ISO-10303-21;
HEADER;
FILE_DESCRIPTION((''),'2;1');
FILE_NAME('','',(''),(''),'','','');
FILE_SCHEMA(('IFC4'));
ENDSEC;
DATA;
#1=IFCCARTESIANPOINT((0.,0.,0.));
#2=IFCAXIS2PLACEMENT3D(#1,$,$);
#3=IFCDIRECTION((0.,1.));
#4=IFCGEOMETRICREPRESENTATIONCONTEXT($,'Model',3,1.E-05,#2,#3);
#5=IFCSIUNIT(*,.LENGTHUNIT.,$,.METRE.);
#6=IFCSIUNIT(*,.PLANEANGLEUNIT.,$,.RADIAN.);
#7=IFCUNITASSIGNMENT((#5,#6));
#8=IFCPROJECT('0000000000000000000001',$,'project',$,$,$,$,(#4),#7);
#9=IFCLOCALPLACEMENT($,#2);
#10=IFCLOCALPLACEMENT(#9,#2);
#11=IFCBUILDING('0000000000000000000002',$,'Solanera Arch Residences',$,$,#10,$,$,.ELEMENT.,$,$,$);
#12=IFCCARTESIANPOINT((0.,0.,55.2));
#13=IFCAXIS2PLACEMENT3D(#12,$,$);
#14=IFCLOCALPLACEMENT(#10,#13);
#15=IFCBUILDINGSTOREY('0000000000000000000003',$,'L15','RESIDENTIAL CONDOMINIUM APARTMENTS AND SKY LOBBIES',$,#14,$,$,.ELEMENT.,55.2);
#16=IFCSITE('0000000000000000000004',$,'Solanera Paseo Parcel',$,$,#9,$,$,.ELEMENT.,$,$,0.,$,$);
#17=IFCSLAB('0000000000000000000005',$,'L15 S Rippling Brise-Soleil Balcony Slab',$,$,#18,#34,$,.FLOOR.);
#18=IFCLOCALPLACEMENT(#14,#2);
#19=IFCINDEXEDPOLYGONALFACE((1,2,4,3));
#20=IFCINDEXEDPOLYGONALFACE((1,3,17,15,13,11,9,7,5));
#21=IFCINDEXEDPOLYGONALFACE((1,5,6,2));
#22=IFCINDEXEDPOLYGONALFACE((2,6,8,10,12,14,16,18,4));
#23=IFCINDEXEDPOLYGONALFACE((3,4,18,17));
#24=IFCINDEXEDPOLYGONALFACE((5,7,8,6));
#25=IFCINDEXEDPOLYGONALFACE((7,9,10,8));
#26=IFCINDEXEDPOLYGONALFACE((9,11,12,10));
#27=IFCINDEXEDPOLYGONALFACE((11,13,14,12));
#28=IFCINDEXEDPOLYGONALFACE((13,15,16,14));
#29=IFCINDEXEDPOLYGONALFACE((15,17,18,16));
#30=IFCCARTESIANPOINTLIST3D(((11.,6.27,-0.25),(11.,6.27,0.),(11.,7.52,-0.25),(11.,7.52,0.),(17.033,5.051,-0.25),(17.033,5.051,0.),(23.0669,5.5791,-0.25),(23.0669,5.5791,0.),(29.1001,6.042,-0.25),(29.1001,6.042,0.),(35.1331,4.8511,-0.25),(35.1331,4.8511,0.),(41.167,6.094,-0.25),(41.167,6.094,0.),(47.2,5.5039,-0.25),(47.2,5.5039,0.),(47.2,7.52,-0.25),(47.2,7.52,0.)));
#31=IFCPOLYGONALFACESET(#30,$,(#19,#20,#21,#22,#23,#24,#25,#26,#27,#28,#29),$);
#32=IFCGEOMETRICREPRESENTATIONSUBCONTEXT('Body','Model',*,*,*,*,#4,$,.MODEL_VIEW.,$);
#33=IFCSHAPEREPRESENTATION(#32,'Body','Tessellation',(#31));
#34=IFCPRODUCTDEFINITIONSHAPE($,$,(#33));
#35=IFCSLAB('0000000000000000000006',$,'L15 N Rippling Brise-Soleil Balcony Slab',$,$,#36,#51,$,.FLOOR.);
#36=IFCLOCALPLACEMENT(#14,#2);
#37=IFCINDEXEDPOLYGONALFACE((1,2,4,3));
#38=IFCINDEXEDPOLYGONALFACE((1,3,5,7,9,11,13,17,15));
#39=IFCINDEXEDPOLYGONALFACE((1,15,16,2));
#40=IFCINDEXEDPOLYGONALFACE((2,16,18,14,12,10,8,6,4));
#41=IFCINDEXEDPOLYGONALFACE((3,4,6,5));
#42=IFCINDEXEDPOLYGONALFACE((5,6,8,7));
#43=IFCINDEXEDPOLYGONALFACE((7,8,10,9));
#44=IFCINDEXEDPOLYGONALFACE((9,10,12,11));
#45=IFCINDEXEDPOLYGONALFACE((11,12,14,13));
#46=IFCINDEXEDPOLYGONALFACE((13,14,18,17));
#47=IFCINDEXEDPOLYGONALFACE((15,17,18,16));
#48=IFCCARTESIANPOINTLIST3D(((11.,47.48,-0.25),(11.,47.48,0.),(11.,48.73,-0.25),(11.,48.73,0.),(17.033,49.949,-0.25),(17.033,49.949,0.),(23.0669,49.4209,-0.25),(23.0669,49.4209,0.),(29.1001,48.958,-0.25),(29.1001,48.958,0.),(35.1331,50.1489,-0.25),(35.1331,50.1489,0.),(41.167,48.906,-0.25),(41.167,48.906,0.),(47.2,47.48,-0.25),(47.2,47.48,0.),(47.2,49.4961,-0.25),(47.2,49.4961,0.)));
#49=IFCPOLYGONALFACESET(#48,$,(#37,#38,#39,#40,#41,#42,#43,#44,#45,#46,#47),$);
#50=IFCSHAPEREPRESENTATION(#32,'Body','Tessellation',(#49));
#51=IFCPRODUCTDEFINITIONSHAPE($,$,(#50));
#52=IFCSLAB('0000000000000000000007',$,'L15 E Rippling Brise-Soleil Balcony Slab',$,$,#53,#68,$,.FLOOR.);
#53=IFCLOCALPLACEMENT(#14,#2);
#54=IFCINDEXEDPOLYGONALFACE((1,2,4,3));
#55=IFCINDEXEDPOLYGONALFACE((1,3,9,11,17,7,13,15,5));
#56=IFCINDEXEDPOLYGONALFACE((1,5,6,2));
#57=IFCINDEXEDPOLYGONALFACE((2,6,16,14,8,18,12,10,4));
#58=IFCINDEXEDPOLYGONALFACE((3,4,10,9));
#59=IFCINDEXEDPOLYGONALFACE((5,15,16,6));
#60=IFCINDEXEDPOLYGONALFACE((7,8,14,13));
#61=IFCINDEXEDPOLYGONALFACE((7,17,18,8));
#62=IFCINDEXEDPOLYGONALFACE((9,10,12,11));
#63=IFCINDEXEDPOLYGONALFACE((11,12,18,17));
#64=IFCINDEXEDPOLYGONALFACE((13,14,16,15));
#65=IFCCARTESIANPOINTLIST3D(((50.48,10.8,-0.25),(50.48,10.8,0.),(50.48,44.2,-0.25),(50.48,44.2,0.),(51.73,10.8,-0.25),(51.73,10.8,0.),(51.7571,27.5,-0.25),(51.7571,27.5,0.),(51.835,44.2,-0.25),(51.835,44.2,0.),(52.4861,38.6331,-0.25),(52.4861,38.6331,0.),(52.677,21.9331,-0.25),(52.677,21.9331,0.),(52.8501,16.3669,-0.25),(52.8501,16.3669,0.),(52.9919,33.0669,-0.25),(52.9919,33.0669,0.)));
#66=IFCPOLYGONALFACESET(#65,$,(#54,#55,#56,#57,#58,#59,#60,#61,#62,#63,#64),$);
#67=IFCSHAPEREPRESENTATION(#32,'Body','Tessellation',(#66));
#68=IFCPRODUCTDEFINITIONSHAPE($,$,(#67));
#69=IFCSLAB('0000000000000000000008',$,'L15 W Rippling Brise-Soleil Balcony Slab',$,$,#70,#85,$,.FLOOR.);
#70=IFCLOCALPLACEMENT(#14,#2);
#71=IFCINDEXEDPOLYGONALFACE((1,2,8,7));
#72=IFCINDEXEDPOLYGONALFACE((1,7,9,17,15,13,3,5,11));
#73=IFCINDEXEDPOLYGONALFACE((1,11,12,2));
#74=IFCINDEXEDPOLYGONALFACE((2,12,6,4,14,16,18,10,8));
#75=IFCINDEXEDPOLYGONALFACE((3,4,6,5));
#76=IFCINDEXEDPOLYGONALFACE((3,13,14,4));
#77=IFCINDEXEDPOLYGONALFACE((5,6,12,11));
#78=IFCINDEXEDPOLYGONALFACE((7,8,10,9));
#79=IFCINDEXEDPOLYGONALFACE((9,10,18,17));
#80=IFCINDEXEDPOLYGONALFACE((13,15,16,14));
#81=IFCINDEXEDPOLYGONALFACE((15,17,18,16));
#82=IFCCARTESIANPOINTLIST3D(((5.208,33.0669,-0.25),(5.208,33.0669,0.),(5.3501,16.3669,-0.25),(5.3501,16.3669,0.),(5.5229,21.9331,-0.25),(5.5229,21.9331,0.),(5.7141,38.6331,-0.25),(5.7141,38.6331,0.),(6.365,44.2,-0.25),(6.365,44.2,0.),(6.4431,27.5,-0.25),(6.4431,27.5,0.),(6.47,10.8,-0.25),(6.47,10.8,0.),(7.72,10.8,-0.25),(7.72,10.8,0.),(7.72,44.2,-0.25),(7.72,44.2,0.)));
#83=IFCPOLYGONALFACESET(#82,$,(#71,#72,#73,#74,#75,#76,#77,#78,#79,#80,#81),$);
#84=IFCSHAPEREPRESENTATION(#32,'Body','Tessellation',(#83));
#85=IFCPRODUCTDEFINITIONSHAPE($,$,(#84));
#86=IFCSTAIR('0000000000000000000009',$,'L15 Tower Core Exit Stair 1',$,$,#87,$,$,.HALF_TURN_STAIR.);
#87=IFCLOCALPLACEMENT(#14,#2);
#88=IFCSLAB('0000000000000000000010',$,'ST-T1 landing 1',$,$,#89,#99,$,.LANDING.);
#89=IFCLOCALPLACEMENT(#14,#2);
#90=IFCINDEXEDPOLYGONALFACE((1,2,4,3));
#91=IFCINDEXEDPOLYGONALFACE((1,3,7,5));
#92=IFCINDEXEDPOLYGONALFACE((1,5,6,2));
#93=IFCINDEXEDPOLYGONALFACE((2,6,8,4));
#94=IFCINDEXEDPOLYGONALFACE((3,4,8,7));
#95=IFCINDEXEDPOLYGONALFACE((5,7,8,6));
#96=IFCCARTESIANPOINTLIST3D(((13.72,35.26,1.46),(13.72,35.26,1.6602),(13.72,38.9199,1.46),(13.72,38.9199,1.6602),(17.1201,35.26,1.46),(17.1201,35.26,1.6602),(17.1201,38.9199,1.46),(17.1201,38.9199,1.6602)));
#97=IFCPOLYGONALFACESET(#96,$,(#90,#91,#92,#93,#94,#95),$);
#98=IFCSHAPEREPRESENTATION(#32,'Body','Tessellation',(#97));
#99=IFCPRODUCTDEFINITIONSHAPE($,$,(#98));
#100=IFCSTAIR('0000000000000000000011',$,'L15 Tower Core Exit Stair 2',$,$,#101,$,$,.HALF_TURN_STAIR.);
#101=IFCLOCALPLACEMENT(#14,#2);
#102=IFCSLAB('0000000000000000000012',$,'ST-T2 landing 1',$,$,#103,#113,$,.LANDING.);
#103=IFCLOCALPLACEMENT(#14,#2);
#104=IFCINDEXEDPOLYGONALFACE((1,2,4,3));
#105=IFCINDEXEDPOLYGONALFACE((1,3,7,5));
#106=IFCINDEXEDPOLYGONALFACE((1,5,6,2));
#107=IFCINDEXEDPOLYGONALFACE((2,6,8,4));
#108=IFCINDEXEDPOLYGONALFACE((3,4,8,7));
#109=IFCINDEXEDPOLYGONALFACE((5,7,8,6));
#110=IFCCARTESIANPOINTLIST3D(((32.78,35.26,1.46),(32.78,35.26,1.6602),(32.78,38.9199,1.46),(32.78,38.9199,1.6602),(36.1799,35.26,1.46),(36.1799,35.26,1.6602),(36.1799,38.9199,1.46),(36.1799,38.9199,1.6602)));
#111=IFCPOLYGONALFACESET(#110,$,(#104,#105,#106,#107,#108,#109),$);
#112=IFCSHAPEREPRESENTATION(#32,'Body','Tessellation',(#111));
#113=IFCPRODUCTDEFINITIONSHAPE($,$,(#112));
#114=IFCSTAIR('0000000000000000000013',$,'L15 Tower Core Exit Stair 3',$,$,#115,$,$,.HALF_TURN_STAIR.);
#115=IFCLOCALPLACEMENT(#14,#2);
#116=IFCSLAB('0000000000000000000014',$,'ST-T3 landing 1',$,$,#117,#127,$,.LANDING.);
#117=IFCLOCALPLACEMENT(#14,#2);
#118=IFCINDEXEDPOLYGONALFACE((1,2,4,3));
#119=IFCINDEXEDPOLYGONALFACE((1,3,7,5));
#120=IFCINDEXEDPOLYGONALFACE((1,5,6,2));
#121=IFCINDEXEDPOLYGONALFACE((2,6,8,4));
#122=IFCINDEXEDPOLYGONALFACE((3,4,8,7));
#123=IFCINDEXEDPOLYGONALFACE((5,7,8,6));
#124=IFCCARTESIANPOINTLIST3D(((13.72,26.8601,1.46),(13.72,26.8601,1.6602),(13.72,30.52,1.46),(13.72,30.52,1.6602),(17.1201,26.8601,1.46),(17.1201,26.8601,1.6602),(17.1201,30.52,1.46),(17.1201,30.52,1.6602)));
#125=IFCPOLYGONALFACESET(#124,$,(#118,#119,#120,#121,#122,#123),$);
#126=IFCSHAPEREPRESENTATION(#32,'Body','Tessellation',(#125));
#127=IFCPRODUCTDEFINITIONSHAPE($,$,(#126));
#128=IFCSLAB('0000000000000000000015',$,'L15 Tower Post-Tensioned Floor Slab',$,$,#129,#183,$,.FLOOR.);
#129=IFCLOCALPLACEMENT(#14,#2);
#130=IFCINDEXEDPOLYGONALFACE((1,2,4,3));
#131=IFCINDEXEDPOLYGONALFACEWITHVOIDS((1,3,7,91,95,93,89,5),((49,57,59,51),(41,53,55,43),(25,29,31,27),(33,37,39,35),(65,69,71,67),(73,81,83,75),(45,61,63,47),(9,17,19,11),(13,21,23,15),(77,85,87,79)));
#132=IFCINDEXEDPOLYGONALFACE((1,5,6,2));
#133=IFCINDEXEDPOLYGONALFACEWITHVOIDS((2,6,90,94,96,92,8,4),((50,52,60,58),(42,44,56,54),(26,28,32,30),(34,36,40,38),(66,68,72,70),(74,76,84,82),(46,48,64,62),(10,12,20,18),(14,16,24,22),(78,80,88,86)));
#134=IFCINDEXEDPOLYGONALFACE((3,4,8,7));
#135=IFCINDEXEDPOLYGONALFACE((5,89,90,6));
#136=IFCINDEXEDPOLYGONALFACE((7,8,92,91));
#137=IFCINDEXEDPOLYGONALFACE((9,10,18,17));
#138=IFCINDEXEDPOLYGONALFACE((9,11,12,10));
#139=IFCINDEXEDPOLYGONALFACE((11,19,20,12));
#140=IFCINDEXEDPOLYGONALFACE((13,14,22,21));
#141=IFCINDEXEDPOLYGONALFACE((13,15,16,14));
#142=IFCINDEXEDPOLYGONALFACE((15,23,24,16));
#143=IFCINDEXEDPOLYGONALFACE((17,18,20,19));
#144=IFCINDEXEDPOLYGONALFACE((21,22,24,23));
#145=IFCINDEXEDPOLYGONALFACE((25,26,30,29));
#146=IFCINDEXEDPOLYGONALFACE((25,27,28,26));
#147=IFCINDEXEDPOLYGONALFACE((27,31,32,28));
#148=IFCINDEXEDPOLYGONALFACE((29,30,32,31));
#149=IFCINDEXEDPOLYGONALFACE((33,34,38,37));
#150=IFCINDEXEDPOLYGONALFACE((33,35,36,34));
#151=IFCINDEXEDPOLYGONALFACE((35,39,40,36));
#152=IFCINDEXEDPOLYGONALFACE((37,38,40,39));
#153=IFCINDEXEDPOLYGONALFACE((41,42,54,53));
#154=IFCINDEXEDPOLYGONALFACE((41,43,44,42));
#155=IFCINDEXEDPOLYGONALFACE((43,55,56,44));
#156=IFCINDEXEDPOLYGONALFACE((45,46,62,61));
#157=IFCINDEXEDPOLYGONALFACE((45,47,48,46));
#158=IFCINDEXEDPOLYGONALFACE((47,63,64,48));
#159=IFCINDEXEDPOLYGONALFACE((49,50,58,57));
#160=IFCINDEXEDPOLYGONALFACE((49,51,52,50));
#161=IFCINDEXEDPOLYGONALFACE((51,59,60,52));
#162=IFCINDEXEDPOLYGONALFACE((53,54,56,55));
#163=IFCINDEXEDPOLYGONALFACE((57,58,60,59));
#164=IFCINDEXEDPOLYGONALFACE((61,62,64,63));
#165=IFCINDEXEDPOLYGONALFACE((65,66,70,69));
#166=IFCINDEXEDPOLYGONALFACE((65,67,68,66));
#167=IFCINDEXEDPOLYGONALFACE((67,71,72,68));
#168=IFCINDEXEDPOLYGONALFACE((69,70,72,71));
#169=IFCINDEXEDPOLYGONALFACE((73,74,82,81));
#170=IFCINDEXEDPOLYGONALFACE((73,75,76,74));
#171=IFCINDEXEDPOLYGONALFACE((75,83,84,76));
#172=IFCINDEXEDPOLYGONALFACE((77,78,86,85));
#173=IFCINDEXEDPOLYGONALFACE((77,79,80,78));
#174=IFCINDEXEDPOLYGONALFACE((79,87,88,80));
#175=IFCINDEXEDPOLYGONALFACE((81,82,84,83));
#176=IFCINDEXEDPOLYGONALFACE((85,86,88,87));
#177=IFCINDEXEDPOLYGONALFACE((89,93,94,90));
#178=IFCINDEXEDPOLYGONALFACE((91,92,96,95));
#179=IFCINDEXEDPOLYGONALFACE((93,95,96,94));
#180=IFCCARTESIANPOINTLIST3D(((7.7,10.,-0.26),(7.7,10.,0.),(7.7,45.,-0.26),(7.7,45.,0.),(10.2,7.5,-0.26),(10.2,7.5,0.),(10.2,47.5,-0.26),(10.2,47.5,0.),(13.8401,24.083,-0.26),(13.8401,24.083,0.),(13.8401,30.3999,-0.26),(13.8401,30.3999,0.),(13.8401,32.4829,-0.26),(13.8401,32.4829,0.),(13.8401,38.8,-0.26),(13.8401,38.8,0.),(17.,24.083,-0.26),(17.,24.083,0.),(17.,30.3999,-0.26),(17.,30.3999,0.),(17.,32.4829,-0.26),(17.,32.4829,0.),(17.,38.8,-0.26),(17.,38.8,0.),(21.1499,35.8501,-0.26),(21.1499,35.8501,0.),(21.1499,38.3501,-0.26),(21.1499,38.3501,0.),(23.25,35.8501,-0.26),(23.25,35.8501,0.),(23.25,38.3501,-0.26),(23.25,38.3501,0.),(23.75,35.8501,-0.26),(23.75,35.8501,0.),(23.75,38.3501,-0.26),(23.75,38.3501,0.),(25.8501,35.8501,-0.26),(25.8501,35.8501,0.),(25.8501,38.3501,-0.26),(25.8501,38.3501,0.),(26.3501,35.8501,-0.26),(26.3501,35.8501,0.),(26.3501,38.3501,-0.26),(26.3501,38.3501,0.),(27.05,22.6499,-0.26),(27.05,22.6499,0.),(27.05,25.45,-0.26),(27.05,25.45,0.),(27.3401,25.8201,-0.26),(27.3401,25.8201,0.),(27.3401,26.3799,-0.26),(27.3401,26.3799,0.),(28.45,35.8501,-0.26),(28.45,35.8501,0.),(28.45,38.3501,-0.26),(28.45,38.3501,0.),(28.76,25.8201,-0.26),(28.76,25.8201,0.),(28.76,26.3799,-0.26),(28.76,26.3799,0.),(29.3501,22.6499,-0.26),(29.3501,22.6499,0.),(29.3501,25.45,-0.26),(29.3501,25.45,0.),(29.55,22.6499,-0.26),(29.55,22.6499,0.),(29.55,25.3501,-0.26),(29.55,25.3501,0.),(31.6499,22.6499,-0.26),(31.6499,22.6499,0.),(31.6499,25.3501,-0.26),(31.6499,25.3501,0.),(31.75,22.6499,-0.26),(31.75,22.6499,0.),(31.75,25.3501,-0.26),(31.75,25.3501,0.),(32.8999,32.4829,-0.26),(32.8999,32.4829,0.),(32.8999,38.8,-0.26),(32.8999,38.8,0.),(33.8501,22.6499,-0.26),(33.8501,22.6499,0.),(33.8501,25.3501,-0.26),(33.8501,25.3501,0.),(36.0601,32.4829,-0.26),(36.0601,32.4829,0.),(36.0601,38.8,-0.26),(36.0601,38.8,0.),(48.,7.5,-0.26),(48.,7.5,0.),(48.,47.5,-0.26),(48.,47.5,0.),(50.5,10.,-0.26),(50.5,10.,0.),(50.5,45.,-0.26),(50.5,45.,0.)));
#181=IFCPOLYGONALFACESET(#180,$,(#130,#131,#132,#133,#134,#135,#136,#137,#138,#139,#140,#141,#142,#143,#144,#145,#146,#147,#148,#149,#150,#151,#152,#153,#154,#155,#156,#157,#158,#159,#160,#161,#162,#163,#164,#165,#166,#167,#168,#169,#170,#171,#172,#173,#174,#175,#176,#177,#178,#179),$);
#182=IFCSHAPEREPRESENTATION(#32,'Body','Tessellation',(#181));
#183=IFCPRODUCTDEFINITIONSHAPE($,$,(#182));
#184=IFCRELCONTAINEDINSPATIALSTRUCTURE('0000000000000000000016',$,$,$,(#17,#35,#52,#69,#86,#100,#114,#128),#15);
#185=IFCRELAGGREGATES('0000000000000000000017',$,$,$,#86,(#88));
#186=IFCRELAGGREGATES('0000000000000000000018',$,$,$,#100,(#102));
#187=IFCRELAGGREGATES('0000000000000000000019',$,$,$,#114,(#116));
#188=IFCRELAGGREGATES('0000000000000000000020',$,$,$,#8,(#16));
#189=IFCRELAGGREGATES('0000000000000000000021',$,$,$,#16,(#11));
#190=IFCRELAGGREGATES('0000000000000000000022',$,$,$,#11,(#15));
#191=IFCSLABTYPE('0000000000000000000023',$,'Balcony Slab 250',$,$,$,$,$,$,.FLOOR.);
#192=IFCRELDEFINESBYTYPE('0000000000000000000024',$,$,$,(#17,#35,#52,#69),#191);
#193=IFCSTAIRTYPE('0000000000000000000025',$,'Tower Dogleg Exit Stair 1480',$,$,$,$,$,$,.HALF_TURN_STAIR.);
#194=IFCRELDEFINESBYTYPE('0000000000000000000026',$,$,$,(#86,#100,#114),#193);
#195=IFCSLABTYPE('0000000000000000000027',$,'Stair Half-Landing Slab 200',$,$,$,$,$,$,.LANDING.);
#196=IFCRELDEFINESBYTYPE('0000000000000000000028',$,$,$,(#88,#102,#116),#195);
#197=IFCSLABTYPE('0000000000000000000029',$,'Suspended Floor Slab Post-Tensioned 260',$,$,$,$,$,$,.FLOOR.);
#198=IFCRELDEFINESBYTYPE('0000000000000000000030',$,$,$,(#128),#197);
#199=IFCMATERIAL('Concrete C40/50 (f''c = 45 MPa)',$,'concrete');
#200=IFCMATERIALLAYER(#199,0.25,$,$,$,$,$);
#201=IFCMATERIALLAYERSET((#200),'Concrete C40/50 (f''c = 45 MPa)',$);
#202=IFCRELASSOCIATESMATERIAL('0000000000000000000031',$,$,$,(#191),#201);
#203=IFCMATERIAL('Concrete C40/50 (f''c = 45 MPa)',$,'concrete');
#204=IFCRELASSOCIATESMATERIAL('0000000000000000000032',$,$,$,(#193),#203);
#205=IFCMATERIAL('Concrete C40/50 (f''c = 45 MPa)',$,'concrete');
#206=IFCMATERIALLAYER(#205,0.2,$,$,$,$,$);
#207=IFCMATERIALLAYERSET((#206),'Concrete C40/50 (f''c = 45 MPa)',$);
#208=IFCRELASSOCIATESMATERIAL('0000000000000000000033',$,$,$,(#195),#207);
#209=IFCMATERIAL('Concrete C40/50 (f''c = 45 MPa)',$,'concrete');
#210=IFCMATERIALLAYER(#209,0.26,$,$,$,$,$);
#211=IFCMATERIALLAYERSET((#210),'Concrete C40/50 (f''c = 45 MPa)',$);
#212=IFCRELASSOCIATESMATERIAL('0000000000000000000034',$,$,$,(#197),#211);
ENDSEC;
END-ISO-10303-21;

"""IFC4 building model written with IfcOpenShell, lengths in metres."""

from ifc_helpers import new_model, si_unit, direction, frame, origin, place, context, subcontext, project, spatial, polyline, outline, extrude, material, layer, layer_set, type_object, element, aggregate, save


model = new_model("IFC4")

# Units and contexts
model_context = context("Model", 3, precision=1e-05, world=origin(), true_north=direction((0.0, 1.0)))
body_context = subcontext(model_context, "Body", "Model", "MODEL_VIEW")
ifc_project = project(units=[si_unit("LENGTHUNIT", "METRE"), si_unit("PLANEANGLEUNIT", "RADIAN")], contexts=[model_context])

# Site, building, storey
site_placement = place(None, origin())
site = spatial("IfcSite", under=ifc_project, at=site_placement, Name="Solanera Paseo Parcel", CompositionType="ELEMENT", RefElevation=0.0)
building_placement = place(site_placement, origin())
building = spatial("IfcBuilding", under=site, at=building_placement, Name="Solanera Arch Residences", CompositionType="ELEMENT")
storey_placement = place(building_placement, frame((0.0, 0.0, 55.2)))
storey = spatial("IfcBuildingStorey", under=building, at=storey_placement, Name="L15", Description="RESIDENTIAL CONDOMINIUM APARTMENTS AND SKY LOBBIES", CompositionType="ELEMENT", Elevation=55.2)

# Slabs
ifc_material_1 = material(Name="Concrete C40/50 (f'c = 45 MPa)", Category="concrete")
ifc_layer_1 = layer(ifc_material_1, 0.25)
ifc_layer_set_1 = layer_set([ifc_layer_1], Name="Concrete C40/50 (f'c = 45 MPa)")
slab_type_1 = type_object("IfcSlabType", Name="Balcony Slab 250", PredefinedType="FLOOR", material=ifc_layer_set_1)
slab_1_placement = place(storey_placement, frame((0.0, 0.0, -0.25)))
element("IfcSlab", 1, at=slab_1_placement, inside=storey, type_object=slab_type_1, Name="L15 S Rippling Brise-Soleil Balcony Slab", PredefinedType="FLOOR", context=body_context, shape_type="SweptSolid", body=[
    extrude(outline(polyline([(11.0, 6.27), (17.033, 5.051), (23.0669, 5.5791), (29.1001, 6.042), (35.1331, 4.8511), (41.167, 6.094), (47.2, 5.5039), (47.2, 7.52), (11.0, 7.52), (11.0, 6.27)])), origin(), (0.0, 0.0, 1.0), 0.25),
])
slab_2_placement = place(storey_placement, frame((0.0, 0.0, -0.25)))
element("IfcSlab", 2, at=slab_2_placement, inside=storey, type_object=slab_type_1, Name="L15 N Rippling Brise-Soleil Balcony Slab", PredefinedType="FLOOR", context=body_context, shape_type="SweptSolid", body=[
    extrude(outline(polyline([(47.2, 49.4961), (41.167, 48.906), (35.1331, 50.1489), (29.1001, 48.958), (23.0669, 49.4209), (17.033, 49.949), (11.0, 48.73), (11.0, 47.48), (47.2, 47.48), (47.2, 49.4961)])), origin(), (0.0, 0.0, 1.0), 0.25),
])
slab_3_placement = place(storey_placement, frame((0.0, 0.0, -0.25)))
element("IfcSlab", 3, at=slab_3_placement, inside=storey, type_object=slab_type_1, Name="L15 E Rippling Brise-Soleil Balcony Slab", PredefinedType="FLOOR", context=body_context, shape_type="SweptSolid", body=[
    extrude(outline(polyline([(51.73, 10.8), (52.8501, 16.3669), (52.677, 21.9331), (51.7571, 27.5), (52.9919, 33.0669), (52.4861, 38.6331), (51.835, 44.2), (50.48, 44.2), (50.48, 10.8), (51.73, 10.8)])), origin(), (0.0, 0.0, 1.0), 0.25),
])
slab_4_placement = place(storey_placement, frame((0.0, 0.0, -0.25)))
element("IfcSlab", 4, at=slab_4_placement, inside=storey, type_object=slab_type_1, Name="L15 W Rippling Brise-Soleil Balcony Slab", PredefinedType="FLOOR", context=body_context, shape_type="SweptSolid", body=[
    extrude(outline(polyline([(6.365, 44.2), (5.7141, 38.6331), (5.208, 33.0669), (6.4431, 27.5), (5.5229, 21.9331), (5.3501, 16.3669), (6.47, 10.8), (7.72, 10.8), (7.72, 44.2), (6.365, 44.2)])), origin(), (0.0, 0.0, 1.0), 0.25),
])

# Stairs, slabs
ifc_material_2 = material(Name="Concrete C40/50 (f'c = 45 MPa)", Category="concrete")
stair_type = type_object("IfcStairType", Name="Tower Dogleg Exit Stair 1480", PredefinedType="HALF_TURN_STAIR", material=ifc_material_2)
stair_1_placement = place(storey_placement, origin())
stair_1 = element("IfcStair", 5, at=stair_1_placement, inside=storey, type_object=stair_type, Name="L15 Tower Core Exit Stair 1", PredefinedType="HALF_TURN_STAIR")
ifc_material_3 = material(Name="Concrete C40/50 (f'c = 45 MPa)", Category="concrete")
ifc_layer_2 = layer(ifc_material_3, 0.2)
ifc_layer_set_2 = layer_set([ifc_layer_2], Name="Concrete C40/50 (f'c = 45 MPa)")
slab_type_2 = type_object("IfcSlabType", Name="Stair Half-Landing Slab 200", PredefinedType="LANDING", material=ifc_layer_set_2)
slab_5_placement = place(storey_placement, frame((0.0, 0.0, 1.46)))
slab_5 = element("IfcSlab", 6, at=slab_5_placement, type_object=slab_type_2, Name="ST-T1 landing 1", PredefinedType="LANDING", context=body_context, shape_type="SweptSolid", body=[
    extrude(outline(polyline([(17.1201, 35.26), (17.1201, 38.9199), (13.72, 38.9199), (13.72, 35.26), (17.1201, 35.26)])), origin(), (0.0, 0.0, 1.0), 0.2002),
])
aggregate(stair_1, [slab_5])
stair_2_placement = place(storey_placement, origin())
stair_2 = element("IfcStair", 7, at=stair_2_placement, inside=storey, type_object=stair_type, Name="L15 Tower Core Exit Stair 2", PredefinedType="HALF_TURN_STAIR")
slab_6_placement = place(storey_placement, frame((0.0, 0.0, 1.46)))
slab_6 = element("IfcSlab", 8, at=slab_6_placement, type_object=slab_type_2, Name="ST-T2 landing 1", PredefinedType="LANDING", context=body_context, shape_type="SweptSolid", body=[
    extrude(outline(polyline([(36.1799, 35.26), (36.1799, 38.9199), (32.78, 38.9199), (32.78, 35.26), (36.1799, 35.26)])), origin(), (0.0, 0.0, 1.0), 0.2002),
])
aggregate(stair_2, [slab_6])
stair_3_placement = place(storey_placement, origin())
stair_3 = element("IfcStair", 9, at=stair_3_placement, inside=storey, type_object=stair_type, Name="L15 Tower Core Exit Stair 3", PredefinedType="HALF_TURN_STAIR")
slab_7_placement = place(storey_placement, frame((0.0, 0.0, 1.46)))
slab_7 = element("IfcSlab", 10, at=slab_7_placement, type_object=slab_type_2, Name="ST-T3 landing 1", PredefinedType="LANDING", context=body_context, shape_type="SweptSolid", body=[
    extrude(outline(polyline([(17.1201, 26.8601), (17.1201, 30.52), (13.72, 30.52), (13.72, 26.8601), (17.1201, 26.8601)])), origin(), (0.0, 0.0, 1.0), 0.2002),
])
aggregate(stair_3, [slab_7])

# Slab
ifc_material_4 = material(Name="Concrete C40/50 (f'c = 45 MPa)", Category="concrete")
ifc_layer_3 = layer(ifc_material_4, 0.26)
ifc_layer_set_3 = layer_set([ifc_layer_3], Name="Concrete C40/50 (f'c = 45 MPa)")
slab_type_3 = type_object("IfcSlabType", Name="Suspended Floor Slab Post-Tensioned 260", PredefinedType="FLOOR", material=ifc_layer_set_3)
slab_8_placement = place(storey_placement, frame((0.0, 0.0, -0.26)))
element("IfcSlab", 11, at=slab_8_placement, inside=storey, type_object=slab_type_3, Name="L15 Tower Post-Tensioned Floor Slab", PredefinedType="FLOOR", context=body_context, shape_type="SweptSolid", body=[
    extrude(outline(polyline([(10.2, 7.5), (48.0, 7.5), (50.5, 10.0), (50.5, 45.0), (48.0, 47.5), (10.2, 47.5), (7.7, 45.0), (7.7, 10.0), (10.2, 7.5)]), holes=[polyline([(13.8401, 32.4829), (13.8401, 38.8), (17.0, 38.8), (17.0, 32.4829), (13.8401, 32.4829)]), polyline([(32.8999, 32.4829), (32.8999, 38.8), (36.0601, 38.8), (36.0601, 32.4829), (32.8999, 32.4829)]), polyline([(13.8401, 24.083), (13.8401, 30.3999), (17.0, 30.3999), (17.0, 24.083), (13.8401, 24.083)]), polyline([(21.1499, 38.3501), (23.25, 38.3501), (23.25, 35.8501), (21.1499, 35.8501), (21.1499, 38.3501)]), polyline([(23.75, 38.3501), (25.8501, 38.3501), (25.8501, 35.8501), (23.75, 35.8501), (23.75, 38.3501)]), polyline([(26.3501, 38.3501), (28.45, 38.3501), (28.45, 35.8501), (26.3501, 35.8501), (26.3501, 38.3501)]), polyline([(29.55, 25.3501), (31.6499, 25.3501), (31.6499, 22.6499), (29.55, 22.6499), (29.55, 25.3501)]), polyline([(31.75, 25.3501), (33.8501, 25.3501), (33.8501, 22.6499), (31.75, 22.6499), (31.75, 25.3501)]), polyline([(27.05, 25.45), (29.3501, 25.45), (29.3501, 22.6499), (27.05, 22.6499), (27.05, 25.45)]), polyline([(27.3401, 26.3799), (28.76, 26.3799), (28.76, 25.8201), (27.3401, 25.8201), (27.3401, 26.3799)])]), origin(), (0.0, 0.0, 1.0), 0.26),
])

save(model, "model.ifc")
